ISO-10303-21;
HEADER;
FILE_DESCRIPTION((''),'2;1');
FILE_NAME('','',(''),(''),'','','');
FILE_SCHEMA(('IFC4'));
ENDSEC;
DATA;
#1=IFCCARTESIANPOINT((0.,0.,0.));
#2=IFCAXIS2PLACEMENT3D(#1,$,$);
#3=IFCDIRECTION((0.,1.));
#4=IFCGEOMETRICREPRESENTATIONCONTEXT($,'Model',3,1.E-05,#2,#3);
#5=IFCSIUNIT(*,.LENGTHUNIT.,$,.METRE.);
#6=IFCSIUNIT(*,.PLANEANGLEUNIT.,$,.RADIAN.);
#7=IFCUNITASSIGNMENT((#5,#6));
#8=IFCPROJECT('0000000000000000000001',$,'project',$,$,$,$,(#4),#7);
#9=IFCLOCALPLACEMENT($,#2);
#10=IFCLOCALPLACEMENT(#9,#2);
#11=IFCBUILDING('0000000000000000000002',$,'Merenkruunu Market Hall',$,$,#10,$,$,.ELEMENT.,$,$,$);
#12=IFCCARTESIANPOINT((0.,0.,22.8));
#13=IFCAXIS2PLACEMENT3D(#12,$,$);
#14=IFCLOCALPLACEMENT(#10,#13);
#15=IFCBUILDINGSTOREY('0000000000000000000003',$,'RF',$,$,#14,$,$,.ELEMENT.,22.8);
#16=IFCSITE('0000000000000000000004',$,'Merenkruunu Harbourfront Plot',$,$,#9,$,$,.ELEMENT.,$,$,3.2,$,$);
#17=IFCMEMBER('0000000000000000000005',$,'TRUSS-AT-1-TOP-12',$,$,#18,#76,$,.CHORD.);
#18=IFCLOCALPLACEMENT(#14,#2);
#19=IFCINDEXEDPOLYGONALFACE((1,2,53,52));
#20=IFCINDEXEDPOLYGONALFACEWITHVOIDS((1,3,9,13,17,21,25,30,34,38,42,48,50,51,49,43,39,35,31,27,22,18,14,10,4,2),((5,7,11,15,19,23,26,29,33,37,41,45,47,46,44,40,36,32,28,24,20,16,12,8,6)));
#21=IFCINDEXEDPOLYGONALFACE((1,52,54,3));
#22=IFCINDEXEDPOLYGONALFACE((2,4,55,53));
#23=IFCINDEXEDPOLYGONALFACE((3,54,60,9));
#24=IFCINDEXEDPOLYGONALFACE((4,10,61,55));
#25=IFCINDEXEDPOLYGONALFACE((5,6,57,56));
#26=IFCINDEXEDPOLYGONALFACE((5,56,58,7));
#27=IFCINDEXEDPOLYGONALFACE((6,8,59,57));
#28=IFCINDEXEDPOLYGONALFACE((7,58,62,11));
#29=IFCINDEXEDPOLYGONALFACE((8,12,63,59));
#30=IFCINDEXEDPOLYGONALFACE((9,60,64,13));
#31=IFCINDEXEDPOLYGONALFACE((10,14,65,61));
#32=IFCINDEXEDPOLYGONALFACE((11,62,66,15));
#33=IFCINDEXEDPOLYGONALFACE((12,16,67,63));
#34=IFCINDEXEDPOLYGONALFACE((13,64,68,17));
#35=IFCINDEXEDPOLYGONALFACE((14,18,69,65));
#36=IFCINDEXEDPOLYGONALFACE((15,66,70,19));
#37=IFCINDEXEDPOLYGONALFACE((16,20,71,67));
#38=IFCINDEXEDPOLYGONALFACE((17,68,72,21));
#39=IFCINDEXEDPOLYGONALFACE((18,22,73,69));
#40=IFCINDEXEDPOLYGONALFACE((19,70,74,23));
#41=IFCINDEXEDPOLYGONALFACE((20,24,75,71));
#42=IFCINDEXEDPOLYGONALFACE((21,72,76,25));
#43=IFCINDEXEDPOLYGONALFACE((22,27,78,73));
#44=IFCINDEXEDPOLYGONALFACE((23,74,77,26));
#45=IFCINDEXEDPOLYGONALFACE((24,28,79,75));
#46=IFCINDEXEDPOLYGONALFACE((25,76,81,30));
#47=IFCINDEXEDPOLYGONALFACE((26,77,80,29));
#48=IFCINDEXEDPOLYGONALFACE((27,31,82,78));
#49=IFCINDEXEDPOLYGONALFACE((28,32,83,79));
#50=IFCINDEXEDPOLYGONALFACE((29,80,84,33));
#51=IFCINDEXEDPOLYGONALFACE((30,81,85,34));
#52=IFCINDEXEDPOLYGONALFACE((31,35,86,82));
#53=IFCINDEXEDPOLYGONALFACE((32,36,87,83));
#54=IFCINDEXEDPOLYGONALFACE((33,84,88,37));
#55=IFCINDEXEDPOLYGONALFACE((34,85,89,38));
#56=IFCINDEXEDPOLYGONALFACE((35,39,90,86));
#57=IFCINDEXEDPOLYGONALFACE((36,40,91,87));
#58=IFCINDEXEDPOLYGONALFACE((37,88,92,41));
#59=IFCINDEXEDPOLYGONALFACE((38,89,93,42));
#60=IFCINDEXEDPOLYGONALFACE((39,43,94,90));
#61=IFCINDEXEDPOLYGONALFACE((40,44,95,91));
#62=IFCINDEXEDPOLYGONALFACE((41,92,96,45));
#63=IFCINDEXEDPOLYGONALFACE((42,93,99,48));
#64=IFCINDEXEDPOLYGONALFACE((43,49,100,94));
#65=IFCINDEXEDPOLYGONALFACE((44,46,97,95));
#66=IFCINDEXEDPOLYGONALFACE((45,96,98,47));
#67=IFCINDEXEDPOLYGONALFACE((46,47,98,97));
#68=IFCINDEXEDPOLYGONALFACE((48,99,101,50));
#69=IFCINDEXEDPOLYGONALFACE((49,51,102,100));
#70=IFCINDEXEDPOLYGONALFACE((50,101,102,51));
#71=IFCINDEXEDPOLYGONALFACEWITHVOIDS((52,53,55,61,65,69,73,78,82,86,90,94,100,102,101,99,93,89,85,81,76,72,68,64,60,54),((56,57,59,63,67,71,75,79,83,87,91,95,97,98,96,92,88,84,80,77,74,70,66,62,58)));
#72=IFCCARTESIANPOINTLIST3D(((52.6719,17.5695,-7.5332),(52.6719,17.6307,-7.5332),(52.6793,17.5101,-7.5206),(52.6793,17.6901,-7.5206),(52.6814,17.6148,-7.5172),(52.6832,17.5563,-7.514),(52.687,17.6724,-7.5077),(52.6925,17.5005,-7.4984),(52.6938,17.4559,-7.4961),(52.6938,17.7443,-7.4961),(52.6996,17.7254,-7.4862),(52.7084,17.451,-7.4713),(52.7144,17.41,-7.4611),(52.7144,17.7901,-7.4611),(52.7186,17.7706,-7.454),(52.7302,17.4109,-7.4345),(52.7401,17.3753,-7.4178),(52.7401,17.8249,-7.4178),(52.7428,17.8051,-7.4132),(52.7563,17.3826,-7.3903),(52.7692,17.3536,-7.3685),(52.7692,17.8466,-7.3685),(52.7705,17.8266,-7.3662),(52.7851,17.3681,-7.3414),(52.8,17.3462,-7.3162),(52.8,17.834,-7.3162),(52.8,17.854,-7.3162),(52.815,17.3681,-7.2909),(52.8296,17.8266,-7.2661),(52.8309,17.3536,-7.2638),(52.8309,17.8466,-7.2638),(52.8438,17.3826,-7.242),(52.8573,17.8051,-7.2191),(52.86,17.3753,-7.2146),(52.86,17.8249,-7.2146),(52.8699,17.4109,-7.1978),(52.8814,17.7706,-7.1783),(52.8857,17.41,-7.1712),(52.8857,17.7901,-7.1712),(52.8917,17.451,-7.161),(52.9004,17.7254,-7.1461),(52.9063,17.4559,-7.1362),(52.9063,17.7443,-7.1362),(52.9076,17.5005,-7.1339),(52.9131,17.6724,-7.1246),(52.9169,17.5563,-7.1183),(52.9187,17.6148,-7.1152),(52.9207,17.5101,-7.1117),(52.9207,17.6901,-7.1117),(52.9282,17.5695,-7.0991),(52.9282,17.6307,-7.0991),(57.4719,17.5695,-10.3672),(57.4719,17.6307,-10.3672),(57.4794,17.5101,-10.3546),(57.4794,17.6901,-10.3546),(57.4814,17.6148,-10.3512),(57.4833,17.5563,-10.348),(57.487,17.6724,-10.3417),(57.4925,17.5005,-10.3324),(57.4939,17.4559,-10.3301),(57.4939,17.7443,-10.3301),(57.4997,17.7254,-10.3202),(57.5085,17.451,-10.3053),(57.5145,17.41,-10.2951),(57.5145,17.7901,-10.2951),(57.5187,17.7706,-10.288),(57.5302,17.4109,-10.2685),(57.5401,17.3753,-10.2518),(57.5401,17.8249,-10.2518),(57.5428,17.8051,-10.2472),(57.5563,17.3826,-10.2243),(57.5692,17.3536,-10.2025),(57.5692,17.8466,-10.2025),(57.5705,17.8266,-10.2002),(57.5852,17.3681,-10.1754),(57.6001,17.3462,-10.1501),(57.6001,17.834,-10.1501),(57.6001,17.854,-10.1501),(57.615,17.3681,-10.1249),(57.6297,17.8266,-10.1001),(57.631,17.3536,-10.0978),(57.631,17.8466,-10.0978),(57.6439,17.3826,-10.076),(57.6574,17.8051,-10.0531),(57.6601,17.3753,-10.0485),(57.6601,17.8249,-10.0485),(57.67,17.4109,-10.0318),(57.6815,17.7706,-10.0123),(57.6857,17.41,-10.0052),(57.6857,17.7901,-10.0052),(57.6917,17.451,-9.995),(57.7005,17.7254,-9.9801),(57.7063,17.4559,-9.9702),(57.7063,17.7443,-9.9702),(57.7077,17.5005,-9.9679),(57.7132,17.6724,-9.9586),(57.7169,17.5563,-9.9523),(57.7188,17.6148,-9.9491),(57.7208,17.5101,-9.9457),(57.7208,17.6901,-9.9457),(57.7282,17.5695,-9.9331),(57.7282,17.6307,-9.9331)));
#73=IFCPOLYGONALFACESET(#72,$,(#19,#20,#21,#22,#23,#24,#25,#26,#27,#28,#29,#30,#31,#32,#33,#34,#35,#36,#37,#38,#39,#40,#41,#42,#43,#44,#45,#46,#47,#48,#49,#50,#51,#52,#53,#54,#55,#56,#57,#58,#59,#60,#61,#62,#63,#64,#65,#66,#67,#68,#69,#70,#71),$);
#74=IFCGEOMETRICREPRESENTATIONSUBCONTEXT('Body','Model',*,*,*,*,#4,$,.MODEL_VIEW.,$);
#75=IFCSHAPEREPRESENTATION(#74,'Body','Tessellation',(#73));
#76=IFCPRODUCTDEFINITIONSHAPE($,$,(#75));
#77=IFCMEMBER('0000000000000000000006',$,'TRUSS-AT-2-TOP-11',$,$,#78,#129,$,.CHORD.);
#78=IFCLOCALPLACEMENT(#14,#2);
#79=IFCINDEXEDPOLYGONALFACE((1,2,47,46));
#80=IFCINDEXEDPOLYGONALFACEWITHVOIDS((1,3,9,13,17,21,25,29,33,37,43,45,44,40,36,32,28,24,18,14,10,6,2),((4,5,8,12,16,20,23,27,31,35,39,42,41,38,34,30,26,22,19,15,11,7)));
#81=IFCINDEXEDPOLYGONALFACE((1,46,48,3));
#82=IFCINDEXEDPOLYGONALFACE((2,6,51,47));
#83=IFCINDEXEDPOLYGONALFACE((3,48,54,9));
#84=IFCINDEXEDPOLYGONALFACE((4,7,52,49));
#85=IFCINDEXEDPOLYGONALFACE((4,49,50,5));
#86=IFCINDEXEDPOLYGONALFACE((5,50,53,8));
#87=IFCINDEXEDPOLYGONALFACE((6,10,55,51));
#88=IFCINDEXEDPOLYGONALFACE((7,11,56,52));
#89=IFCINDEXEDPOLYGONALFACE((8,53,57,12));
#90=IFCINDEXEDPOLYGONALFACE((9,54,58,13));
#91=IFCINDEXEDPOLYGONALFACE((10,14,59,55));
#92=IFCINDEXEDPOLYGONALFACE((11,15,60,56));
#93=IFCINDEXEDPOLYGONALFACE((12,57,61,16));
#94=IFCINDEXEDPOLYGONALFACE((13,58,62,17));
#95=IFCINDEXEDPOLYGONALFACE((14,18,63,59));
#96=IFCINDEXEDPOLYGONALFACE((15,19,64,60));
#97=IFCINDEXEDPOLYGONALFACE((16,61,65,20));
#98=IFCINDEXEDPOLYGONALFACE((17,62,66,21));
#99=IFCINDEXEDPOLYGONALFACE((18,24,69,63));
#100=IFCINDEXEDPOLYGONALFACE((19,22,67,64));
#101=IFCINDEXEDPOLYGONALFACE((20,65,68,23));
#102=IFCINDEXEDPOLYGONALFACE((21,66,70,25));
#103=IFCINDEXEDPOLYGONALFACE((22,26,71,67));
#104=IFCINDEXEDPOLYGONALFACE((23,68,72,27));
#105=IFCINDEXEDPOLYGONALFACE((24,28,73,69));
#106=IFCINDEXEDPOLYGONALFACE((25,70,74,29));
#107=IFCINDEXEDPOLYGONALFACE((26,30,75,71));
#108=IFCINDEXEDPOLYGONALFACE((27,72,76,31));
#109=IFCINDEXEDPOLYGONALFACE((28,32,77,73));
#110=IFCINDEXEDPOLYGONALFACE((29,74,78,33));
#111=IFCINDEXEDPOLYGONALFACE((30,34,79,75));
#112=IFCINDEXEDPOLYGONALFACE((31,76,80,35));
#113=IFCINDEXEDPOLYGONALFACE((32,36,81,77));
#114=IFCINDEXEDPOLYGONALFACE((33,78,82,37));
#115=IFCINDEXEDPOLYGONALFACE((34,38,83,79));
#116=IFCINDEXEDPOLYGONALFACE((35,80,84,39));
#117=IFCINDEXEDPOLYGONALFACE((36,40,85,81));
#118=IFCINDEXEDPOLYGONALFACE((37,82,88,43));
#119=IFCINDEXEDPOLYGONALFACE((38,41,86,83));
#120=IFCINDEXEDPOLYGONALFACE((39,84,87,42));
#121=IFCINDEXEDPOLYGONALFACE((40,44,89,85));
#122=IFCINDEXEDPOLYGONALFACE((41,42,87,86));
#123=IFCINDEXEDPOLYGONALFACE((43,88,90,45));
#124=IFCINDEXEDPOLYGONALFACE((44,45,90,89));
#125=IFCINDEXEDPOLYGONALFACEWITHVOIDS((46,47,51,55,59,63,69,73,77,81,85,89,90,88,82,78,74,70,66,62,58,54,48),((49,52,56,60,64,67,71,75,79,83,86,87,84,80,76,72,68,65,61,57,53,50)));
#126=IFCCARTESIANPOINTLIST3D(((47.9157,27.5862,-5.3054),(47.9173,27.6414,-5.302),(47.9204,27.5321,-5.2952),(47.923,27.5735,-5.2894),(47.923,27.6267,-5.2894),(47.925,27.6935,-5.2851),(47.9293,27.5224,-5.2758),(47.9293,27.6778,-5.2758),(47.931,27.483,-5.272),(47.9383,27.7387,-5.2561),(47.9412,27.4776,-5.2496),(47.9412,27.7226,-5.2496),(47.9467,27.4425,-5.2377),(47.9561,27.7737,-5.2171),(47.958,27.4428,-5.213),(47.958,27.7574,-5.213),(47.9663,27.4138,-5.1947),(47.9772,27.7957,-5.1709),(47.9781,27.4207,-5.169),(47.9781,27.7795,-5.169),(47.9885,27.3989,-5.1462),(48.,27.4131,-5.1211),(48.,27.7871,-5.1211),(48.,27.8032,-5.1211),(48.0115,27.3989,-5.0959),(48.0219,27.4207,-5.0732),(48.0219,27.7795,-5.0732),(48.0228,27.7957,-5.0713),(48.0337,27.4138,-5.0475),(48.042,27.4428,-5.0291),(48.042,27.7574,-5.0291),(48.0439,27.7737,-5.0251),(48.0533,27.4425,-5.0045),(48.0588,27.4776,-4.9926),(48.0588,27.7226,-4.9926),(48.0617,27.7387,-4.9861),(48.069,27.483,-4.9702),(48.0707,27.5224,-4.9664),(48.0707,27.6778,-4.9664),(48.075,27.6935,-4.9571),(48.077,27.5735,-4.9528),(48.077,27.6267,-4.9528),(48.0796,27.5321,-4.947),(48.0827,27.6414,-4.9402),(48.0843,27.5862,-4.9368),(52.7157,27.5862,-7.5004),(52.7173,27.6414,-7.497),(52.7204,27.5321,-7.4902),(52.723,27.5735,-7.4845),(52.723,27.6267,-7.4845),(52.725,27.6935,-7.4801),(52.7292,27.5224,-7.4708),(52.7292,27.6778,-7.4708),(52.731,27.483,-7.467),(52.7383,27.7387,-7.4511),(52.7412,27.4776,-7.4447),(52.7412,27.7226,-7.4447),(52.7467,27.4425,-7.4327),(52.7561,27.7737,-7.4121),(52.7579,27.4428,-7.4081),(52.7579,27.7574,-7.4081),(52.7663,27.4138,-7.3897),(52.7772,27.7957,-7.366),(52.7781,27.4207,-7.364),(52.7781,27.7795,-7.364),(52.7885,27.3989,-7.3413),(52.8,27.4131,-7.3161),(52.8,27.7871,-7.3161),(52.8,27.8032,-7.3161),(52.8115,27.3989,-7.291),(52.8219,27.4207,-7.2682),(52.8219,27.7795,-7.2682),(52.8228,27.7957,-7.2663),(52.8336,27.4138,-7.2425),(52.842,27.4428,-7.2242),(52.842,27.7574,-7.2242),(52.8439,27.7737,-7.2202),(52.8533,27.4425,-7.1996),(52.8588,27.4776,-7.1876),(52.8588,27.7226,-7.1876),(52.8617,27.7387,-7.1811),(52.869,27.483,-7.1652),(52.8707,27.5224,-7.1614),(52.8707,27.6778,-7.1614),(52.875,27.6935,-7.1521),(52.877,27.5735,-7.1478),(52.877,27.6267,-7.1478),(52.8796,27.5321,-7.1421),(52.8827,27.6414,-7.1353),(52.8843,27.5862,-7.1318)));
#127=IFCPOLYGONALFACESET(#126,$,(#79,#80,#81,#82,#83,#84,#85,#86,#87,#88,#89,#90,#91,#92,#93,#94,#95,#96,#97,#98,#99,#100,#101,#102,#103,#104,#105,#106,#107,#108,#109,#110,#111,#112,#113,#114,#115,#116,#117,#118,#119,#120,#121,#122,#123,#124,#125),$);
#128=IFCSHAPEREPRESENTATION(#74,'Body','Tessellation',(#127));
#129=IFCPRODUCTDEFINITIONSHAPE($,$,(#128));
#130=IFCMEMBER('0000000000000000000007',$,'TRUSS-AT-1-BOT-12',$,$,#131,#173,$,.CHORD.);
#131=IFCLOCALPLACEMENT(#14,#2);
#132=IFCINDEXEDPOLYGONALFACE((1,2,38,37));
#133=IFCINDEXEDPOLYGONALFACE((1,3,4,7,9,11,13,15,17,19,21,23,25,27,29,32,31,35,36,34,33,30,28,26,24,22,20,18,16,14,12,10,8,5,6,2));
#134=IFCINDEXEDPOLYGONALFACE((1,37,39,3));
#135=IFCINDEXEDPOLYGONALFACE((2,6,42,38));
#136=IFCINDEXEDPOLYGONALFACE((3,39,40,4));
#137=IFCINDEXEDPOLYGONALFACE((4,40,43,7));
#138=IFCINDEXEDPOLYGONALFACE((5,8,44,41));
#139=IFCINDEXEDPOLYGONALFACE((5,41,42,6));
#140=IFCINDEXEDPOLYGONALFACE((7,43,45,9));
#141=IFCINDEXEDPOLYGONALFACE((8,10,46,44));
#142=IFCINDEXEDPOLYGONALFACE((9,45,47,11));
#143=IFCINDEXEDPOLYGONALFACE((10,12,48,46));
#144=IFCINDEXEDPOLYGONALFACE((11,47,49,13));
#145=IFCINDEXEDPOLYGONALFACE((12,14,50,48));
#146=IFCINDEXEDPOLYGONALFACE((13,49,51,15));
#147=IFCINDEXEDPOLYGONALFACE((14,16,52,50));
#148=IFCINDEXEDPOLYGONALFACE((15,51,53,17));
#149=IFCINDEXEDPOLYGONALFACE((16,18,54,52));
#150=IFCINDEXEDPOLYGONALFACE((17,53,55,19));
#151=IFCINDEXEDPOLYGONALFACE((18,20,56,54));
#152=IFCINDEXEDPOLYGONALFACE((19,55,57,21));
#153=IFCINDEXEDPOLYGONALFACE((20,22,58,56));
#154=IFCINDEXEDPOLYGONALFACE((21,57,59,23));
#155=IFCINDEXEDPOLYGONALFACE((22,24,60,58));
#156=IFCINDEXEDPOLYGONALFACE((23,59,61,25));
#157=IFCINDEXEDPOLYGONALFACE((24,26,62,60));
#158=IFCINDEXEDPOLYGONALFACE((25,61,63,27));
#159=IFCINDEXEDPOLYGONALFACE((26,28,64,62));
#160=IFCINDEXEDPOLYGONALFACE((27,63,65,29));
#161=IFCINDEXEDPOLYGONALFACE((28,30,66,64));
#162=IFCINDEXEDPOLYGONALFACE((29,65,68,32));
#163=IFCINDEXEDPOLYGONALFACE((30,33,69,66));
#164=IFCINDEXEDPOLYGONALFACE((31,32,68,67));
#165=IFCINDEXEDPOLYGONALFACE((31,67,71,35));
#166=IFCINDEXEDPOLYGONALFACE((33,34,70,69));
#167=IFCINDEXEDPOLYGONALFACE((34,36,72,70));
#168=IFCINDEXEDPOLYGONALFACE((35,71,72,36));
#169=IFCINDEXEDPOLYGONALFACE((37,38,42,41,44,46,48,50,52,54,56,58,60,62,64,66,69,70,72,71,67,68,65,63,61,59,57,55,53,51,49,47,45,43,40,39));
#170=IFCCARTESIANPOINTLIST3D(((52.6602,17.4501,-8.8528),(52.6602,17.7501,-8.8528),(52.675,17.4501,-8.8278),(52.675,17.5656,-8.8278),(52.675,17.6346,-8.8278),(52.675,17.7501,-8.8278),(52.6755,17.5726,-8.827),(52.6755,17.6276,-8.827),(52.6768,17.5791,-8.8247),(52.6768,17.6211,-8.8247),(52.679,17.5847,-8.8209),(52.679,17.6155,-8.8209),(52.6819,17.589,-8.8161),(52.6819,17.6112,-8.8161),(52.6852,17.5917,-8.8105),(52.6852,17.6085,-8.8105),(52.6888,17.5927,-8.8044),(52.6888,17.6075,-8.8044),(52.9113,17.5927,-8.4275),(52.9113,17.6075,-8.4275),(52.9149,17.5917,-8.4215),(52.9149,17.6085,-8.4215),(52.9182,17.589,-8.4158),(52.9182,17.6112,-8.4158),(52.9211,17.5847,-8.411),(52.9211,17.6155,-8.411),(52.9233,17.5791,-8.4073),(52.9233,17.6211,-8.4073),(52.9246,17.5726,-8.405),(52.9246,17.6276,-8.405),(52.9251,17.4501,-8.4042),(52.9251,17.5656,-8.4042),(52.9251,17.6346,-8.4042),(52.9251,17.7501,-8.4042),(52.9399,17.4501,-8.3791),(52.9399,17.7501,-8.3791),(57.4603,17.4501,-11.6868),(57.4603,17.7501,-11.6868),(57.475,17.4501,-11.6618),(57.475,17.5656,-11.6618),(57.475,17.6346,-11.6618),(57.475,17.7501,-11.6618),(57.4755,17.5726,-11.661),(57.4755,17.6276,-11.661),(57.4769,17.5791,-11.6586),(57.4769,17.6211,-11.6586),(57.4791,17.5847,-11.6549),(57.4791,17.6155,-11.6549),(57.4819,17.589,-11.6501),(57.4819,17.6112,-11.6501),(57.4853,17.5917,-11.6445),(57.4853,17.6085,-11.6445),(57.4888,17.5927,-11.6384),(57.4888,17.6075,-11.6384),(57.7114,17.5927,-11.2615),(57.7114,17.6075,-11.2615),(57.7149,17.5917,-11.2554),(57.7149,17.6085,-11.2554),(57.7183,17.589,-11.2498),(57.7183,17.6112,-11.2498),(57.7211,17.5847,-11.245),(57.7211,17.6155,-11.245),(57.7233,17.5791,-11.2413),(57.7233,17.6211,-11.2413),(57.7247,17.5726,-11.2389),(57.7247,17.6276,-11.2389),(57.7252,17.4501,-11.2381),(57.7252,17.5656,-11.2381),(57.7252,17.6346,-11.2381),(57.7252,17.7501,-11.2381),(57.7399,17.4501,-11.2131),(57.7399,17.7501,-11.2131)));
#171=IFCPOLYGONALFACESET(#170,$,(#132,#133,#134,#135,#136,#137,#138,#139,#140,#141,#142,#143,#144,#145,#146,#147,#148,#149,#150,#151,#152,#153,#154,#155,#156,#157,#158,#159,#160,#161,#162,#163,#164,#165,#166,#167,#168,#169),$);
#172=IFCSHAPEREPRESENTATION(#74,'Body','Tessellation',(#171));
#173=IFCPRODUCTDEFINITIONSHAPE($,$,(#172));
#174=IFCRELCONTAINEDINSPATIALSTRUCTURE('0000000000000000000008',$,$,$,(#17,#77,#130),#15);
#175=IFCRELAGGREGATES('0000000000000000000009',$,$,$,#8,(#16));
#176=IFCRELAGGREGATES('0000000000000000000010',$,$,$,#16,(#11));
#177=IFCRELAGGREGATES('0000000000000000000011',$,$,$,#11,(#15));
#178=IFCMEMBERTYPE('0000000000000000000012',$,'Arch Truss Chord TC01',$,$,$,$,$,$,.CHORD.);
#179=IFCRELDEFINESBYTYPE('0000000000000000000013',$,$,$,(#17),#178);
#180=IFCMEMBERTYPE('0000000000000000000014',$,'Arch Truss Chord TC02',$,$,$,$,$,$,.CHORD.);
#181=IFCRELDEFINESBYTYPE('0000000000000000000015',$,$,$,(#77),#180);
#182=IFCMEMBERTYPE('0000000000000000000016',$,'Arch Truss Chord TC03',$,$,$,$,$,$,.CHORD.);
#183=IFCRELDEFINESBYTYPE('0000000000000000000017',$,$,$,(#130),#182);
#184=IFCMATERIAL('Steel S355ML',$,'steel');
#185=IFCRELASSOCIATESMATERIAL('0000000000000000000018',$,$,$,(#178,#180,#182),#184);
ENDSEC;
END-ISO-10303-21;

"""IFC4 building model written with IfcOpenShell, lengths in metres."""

from ifc_helpers import new_model, si_unit, direction, frame, origin, origin_2d, place, context, subcontext, project, spatial, hollow_circle, i_section, extrude, material, material_profile, profile_set, type_object, element, save


model = new_model("IFC4")

# Units and contexts
model_context = context("Model", 3, precision=1e-05, world=origin(), true_north=direction((0.0, 1.0)))
body_context = subcontext(model_context, "Body", "Model", "MODEL_VIEW")
ifc_project = project(units=[si_unit("LENGTHUNIT", "METRE"), si_unit("PLANEANGLEUNIT", "RADIAN")], contexts=[model_context])

# Site, building, storey
site_placement = place(None, origin())
site = spatial("IfcSite", under=ifc_project, at=site_placement, Name="Merenkruunu Harbourfront Plot", CompositionType="ELEMENT", RefElevation=3.2)
building_placement = place(site_placement, origin())
building = spatial("IfcBuilding", under=site, at=building_placement, Name="Merenkruunu Market Hall", CompositionType="ELEMENT")
storey_placement = place(building_placement, frame((0.0, 0.0, 22.8)))
storey = spatial("IfcBuildingStorey", under=building, at=storey_placement, Name="RF", CompositionType="ELEMENT", Elevation=22.8)

# Members
ifc_material_1 = material(Name="Steel S355ML", Category="steel")
ifc_material_profile_1 = material_profile(ifc_material_1, hollow_circle(Radius=0.2539, WallThickness=0.02, at=origin_2d()), Name="CHS 508x20")
ifc_profile_set_1 = profile_set([ifc_material_profile_1], Name="Steel S355ML")
member_type_1 = type_object("IfcMemberType", Name="Arch Truss Chord TC01", PredefinedType="CHORD", material=ifc_profile_set_1)
member_1_placement = place(storey_placement, frame((52.8, 17.6001, -7.3162), z_axis=(0.861116, 0.0, -0.508409), x_axis=(0.0, 1.0, 0.0)))
element("IfcMember", 1, at=member_1_placement, inside=storey, type_object=member_type_1, Name="TRUSS-AT-1-TOP-12", PredefinedType="CHORD", context=body_context, shape_type="SweptSolid", body=[
    extrude(hollow_circle(Radius=0.2539, WallThickness=0.02, at=origin_2d()), origin(), (0.0, 0.0, 1.0), 5.5742),
])
ifc_material_profile_2 = material_profile(ifc_material_1, hollow_circle(Radius=0.2031, WallThickness=0.0161, at=origin_2d()), Name="CHS 406.4x16")
ifc_profile_set_2 = profile_set([ifc_material_profile_2], Name="Steel S355ML")
member_type_2 = type_object("IfcMemberType", Name="Arch Truss Chord TC02", PredefinedType="CHORD", material=ifc_profile_set_2)
member_2_placement = place(storey_placement, frame((48.0, 27.6001, -5.1211), z_axis=(0.90942, 0.0, -0.415879), x_axis=(0.0, 1.0, 0.0)))
element("IfcMember", 2, at=member_2_placement, inside=storey, type_object=member_type_2, Name="TRUSS-AT-2-TOP-11", PredefinedType="CHORD", context=body_context, shape_type="SweptSolid", body=[
    extrude(hollow_circle(Radius=0.2031, WallThickness=0.0161, at=origin_2d()), origin(), (0.0, 0.0, 1.0), 5.2781),
])
ifc_material_profile_3 = material_profile(ifc_material_1, i_section(OverallWidth=0.3, OverallDepth=0.55, WebThickness=0.0149, FlangeThickness=0.0291, FilletRadius=0.0271, at=origin_2d()), Name="HEB 550")
ifc_profile_set_3 = profile_set([ifc_material_profile_3], Name="Steel S355ML")
member_type_3 = type_object("IfcMemberType", Name="Arch Truss Chord TC03", PredefinedType="CHORD", material=ifc_profile_set_3)
member_3_placement = place(storey_placement, frame((52.8, 17.6001, -8.616), z_axis=(0.861116, 0.0, -0.508409), x_axis=(0.0, 1.0, 0.0)))
element("IfcMember", 3, at=member_3_placement, inside=storey, type_object=member_type_3, Name="TRUSS-AT-1-BOT-12", PredefinedType="CHORD", context=body_context, shape_type="SweptSolid", body=[
    extrude(i_section(OverallWidth=0.3, OverallDepth=0.55, WebThickness=0.0149, FlangeThickness=0.0291, FilletRadius=0.0271, at=origin_2d()), origin(), (0.0, 0.0, 1.0), 5.5742),
])

save(model, "model.ifc")
